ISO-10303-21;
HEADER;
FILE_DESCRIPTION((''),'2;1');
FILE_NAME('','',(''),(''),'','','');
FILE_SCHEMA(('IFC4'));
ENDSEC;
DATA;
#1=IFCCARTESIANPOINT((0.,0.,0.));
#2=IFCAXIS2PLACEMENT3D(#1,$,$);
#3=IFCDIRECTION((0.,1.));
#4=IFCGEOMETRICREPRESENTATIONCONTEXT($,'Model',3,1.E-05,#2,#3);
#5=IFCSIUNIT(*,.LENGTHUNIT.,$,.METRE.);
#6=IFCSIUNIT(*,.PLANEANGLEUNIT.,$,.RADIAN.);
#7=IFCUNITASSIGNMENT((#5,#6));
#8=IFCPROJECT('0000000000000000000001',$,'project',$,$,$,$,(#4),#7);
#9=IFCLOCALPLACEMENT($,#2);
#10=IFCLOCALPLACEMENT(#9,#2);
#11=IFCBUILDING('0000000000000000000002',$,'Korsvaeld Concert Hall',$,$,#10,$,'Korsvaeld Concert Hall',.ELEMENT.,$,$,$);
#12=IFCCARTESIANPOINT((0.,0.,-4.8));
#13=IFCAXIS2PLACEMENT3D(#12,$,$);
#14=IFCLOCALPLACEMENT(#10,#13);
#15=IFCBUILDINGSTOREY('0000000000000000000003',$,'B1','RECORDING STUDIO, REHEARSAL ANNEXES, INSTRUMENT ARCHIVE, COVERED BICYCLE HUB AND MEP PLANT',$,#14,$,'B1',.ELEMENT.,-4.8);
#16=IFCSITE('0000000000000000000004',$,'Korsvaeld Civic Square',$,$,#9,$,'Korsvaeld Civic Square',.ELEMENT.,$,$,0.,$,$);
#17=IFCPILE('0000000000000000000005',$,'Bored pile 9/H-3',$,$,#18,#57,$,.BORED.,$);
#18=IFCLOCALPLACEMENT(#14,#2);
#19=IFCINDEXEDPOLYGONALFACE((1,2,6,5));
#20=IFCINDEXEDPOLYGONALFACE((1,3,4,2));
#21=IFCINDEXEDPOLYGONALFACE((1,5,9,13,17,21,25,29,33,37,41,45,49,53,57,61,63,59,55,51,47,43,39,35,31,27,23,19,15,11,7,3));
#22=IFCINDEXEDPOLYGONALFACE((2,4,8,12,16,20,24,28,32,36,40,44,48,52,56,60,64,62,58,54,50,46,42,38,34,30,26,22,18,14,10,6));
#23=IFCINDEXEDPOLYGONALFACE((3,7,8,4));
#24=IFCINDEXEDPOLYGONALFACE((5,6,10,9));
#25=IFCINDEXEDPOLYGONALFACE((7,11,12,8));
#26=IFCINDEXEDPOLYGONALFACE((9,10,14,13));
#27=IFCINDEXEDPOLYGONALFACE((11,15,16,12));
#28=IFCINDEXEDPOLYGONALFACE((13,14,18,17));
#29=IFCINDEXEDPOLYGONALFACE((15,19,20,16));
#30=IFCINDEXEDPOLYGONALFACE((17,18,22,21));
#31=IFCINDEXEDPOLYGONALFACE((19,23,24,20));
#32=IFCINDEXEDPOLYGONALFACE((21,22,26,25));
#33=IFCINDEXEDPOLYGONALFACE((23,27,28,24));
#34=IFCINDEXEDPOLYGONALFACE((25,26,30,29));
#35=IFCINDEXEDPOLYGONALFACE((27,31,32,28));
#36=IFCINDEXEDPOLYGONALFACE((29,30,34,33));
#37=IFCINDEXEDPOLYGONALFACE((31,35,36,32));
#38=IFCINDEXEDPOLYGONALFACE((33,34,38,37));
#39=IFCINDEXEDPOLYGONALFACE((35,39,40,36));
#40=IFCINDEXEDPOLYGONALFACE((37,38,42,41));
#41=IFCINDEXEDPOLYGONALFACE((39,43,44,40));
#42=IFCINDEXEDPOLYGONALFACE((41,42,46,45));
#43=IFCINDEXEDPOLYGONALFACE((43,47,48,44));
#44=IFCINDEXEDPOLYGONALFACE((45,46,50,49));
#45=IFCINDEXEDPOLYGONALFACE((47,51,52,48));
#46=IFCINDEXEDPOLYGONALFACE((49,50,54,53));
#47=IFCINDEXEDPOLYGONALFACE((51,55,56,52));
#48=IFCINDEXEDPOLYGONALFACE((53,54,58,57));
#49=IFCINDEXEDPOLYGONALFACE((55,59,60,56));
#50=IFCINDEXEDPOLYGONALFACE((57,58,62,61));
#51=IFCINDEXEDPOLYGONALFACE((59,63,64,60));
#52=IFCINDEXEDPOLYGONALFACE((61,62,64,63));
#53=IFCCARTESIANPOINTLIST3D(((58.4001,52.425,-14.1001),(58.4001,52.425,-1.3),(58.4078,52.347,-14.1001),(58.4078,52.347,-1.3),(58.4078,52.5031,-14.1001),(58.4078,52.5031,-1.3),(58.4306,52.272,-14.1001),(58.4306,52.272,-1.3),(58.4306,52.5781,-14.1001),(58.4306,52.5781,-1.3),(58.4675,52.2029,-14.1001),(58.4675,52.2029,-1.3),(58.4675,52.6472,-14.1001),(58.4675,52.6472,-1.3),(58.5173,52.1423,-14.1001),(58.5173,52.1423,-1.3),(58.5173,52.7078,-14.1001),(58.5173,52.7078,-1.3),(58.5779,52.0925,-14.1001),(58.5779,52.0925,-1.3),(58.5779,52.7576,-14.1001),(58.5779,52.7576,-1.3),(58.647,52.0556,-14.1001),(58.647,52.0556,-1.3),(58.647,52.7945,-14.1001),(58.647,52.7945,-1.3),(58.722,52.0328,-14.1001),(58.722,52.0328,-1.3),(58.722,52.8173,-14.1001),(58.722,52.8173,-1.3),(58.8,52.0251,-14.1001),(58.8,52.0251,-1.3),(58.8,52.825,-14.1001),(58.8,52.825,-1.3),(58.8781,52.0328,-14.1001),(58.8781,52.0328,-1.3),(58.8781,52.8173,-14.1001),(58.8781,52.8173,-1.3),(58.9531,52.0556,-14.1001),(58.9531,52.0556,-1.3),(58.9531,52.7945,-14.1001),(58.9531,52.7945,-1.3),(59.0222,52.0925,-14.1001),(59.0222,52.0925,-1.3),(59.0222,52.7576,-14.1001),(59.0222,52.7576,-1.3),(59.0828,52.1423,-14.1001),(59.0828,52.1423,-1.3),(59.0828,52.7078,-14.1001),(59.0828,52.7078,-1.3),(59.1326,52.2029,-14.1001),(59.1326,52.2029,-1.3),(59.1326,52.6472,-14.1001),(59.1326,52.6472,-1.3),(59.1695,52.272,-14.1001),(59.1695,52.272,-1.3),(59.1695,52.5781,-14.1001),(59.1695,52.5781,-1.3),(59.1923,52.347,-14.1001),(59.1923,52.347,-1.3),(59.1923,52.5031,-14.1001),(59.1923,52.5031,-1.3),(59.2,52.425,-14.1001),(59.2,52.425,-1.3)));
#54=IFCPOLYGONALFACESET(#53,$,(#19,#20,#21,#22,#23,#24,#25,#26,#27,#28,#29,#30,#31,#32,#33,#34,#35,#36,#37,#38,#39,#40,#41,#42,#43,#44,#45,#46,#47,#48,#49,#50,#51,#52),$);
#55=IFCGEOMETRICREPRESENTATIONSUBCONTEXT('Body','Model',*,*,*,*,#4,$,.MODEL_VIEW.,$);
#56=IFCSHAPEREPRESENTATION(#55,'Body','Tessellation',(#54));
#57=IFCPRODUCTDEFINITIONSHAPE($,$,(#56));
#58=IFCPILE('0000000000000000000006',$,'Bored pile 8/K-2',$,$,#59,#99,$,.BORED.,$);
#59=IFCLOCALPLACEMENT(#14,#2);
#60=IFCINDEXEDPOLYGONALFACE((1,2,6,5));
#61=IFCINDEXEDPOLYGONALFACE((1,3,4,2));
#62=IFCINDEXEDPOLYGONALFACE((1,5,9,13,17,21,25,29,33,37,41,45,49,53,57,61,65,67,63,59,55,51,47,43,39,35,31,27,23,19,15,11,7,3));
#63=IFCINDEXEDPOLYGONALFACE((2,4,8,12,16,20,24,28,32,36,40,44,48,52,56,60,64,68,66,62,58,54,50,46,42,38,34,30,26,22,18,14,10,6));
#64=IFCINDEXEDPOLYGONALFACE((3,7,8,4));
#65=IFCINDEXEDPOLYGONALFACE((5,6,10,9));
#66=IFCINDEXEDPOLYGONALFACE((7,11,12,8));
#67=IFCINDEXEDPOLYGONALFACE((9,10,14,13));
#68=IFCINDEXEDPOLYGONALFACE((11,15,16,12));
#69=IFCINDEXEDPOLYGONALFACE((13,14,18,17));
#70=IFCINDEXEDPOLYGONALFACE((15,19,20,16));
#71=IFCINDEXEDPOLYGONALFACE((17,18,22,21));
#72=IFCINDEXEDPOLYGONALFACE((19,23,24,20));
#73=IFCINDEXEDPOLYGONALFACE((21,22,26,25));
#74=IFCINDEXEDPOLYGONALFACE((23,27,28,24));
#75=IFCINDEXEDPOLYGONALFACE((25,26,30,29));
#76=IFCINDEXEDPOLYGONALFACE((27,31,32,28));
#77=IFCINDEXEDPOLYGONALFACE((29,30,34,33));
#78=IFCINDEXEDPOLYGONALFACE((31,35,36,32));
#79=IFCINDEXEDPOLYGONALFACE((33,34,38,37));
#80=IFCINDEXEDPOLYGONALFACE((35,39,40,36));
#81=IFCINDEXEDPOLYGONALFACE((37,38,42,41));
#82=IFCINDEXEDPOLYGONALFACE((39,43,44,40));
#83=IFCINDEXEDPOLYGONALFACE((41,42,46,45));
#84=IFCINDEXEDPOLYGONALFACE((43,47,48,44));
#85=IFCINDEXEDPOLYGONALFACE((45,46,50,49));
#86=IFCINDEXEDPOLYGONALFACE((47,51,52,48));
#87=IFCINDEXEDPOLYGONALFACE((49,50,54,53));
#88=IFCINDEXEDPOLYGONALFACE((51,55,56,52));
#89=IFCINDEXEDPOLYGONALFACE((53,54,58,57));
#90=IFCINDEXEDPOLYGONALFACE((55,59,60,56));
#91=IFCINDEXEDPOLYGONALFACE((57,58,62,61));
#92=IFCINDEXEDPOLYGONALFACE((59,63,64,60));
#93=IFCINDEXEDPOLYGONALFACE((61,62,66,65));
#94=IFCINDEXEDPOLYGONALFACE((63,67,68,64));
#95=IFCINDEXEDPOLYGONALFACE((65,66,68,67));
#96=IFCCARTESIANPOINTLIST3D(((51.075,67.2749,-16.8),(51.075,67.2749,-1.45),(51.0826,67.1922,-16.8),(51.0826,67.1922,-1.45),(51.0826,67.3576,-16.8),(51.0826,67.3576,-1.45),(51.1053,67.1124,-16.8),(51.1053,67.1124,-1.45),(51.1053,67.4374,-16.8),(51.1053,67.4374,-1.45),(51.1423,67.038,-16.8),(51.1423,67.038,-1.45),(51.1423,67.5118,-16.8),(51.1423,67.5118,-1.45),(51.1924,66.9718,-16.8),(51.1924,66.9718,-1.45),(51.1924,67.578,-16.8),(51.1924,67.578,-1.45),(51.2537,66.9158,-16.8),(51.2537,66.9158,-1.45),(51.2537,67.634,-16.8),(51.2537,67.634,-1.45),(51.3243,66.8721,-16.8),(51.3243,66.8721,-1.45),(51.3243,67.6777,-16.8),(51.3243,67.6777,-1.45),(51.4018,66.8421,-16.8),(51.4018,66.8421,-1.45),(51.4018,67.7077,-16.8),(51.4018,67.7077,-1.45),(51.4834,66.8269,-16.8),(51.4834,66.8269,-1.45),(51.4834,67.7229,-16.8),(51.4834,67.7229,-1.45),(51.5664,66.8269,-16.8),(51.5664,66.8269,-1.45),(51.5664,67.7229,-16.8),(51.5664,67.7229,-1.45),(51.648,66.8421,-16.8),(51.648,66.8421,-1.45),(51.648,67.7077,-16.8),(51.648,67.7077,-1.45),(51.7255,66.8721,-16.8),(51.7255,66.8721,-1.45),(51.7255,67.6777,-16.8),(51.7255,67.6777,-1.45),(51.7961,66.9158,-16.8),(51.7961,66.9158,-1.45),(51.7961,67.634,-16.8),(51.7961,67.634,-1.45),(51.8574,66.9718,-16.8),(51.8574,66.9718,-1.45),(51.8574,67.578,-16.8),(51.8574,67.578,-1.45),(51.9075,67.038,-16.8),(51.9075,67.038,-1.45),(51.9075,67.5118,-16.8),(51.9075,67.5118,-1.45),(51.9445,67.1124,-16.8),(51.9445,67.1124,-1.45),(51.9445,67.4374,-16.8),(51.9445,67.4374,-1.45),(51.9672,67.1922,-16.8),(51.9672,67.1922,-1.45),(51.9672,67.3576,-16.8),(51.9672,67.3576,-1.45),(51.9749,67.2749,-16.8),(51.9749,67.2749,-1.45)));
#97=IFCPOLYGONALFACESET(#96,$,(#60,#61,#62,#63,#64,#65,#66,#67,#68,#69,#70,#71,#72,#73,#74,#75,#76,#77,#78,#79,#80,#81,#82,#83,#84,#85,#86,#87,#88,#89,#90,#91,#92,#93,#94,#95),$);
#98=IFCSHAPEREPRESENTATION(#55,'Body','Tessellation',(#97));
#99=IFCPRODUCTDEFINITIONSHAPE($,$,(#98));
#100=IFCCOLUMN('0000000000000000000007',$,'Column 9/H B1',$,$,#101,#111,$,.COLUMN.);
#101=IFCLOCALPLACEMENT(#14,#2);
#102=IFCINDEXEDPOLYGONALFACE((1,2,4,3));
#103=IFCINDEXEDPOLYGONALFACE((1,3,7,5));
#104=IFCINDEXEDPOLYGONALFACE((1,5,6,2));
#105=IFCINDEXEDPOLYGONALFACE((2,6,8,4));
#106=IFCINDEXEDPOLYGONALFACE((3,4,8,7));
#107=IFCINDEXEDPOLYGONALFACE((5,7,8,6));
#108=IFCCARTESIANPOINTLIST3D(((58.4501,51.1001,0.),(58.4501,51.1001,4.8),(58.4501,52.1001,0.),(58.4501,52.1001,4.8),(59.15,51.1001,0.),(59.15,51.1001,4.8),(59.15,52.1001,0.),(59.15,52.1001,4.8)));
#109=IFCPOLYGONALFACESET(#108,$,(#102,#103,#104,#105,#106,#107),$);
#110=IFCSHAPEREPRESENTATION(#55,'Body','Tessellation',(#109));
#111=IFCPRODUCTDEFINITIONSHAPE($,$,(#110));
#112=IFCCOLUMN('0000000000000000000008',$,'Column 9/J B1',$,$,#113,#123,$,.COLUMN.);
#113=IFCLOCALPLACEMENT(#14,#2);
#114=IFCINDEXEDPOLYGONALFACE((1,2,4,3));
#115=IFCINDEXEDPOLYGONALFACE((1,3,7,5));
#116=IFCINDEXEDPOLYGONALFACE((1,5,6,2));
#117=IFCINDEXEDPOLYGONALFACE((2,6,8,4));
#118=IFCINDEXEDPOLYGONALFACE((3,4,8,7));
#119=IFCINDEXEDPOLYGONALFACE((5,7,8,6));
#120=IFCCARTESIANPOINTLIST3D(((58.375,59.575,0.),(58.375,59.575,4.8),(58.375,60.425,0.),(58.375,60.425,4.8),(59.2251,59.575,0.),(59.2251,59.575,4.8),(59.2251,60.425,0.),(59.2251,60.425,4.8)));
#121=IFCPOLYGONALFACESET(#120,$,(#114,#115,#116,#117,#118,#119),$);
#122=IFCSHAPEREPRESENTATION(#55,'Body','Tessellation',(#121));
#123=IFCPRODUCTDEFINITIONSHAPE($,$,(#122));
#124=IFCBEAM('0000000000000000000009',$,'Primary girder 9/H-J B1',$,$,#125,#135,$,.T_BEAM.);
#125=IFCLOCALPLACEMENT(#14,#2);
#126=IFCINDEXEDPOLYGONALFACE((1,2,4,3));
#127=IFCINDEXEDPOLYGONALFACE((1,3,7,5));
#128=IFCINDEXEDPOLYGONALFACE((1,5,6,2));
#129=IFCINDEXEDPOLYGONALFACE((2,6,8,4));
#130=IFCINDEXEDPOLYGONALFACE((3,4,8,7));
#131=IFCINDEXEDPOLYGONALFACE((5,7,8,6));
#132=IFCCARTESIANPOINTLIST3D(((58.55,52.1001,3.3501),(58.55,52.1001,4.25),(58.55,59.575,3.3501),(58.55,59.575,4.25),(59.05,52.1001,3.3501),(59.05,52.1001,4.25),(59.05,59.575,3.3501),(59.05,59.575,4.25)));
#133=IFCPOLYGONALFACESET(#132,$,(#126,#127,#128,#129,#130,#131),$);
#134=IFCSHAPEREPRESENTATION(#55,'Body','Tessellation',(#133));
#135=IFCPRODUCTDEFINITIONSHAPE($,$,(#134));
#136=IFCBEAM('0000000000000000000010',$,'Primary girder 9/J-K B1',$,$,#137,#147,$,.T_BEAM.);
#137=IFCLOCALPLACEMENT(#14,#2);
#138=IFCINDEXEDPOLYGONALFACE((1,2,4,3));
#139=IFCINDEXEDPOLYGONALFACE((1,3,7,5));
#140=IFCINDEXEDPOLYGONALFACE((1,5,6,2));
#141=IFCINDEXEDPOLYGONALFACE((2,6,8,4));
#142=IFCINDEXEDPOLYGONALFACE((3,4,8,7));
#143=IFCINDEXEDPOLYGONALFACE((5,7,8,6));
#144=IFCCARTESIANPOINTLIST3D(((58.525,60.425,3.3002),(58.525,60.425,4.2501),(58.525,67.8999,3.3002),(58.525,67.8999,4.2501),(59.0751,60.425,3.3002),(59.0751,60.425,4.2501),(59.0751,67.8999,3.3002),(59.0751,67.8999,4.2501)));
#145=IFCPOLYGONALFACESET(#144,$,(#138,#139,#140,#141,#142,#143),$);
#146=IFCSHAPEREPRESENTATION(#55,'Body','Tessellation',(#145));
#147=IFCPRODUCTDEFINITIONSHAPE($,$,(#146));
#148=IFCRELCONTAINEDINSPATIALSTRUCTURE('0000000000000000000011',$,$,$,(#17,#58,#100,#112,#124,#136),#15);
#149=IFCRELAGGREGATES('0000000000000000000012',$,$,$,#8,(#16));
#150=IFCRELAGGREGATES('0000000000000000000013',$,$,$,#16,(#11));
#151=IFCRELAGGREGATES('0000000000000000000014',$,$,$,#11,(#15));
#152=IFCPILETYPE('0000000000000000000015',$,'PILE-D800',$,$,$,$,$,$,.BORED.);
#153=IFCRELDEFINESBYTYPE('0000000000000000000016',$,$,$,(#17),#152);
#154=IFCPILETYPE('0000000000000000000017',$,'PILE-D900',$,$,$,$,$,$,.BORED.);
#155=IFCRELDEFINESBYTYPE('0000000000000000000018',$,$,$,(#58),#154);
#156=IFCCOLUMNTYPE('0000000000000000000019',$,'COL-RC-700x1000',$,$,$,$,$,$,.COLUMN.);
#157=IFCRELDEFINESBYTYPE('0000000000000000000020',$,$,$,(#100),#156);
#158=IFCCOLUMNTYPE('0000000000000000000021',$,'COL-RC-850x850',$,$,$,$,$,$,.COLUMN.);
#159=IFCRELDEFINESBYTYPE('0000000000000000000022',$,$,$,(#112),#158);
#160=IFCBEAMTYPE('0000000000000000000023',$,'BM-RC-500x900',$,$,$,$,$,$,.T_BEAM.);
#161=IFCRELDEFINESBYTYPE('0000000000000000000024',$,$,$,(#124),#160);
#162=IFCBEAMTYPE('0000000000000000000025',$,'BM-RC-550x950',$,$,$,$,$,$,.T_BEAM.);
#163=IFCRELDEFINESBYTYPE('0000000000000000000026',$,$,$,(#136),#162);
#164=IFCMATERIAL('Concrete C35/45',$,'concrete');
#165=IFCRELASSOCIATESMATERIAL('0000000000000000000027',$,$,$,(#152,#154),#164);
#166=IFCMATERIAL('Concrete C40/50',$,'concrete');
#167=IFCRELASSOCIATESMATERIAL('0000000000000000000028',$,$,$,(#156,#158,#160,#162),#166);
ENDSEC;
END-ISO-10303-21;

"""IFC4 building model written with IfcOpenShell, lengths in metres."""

from ifc_helpers import new_model, si_unit, direction, frame, origin, origin_2d, place, context, subcontext, project, spatial, rectangle, circle, extrude, material, material_profile, profile_set, type_object, element, save


model = new_model("IFC4")

# Units and contexts
model_context = context("Model", 3, precision=1e-05, world=origin(), true_north=direction((0.0, 1.0)))
body_context = subcontext(model_context, "Body", "Model", "MODEL_VIEW")
ifc_project = project(units=[si_unit("LENGTHUNIT", "METRE"), si_unit("PLANEANGLEUNIT", "RADIAN")], contexts=[model_context])

# Site, building, storey
site_placement = place(None, origin())
site = spatial("IfcSite", under=ifc_project, at=site_placement, Name="Korsvaeld Civic Square", LongName="Korsvaeld Civic Square", CompositionType="ELEMENT", RefElevation=0.0)
building_placement = place(site_placement, origin())
building = spatial("IfcBuilding", under=site, at=building_placement, Name="Korsvaeld Concert Hall", LongName="Korsvaeld Concert Hall", CompositionType="ELEMENT")
storey_placement = place(building_placement, frame((0.0, 0.0, -4.8)))
storey = spatial("IfcBuildingStorey", under=building, at=storey_placement, Name="B1", Description="RECORDING STUDIO, REHEARSAL ANNEXES, INSTRUMENT ARCHIVE, COVERED BICYCLE HUB AND MEP PLANT", LongName="B1", CompositionType="ELEMENT", Elevation=-4.8)

# Shared definitions
ifc_material_1 = material(Name="Concrete C35/45", Category="concrete")

# Piles
ifc_material_2 = material(Name="Concrete C40/50", Category="concrete")
ifc_material_profile_1 = material_profile(ifc_material_1, circle(Radius=0.3999, at=origin_2d()), Name="BORED PILE D800")
ifc_profile_set_1 = profile_set([ifc_material_profile_1], Name="Concrete C35/45")
pile_type_1 = type_object("IfcPileType", Name="PILE-D800", PredefinedType="BORED", material=ifc_profile_set_1)
for number, where, z_axis, x_axis, name in (
    (1, (58.8, 52.425, -1.3), (0.0, 0.0, -1.0), (1.0, 0.0, 0.0), "Bored pile 9/H-3"),
):
    element("IfcPile", number, at=place(storey_placement, frame(where, z_axis=z_axis, x_axis=x_axis)), inside=storey, type_object=pile_type_1, Name=name, PredefinedType="BORED", context=body_context, shape_type="SweptSolid", body=[
        extrude(circle(Radius=0.3999, at=origin_2d()), origin(), (0.0, 0.0, 1.0), 12.8),
    ])
ifc_material_profile_2 = material_profile(ifc_material_1, circle(Radius=0.45, at=origin_2d()), Name="BORED PILE D900")
ifc_profile_set_2 = profile_set([ifc_material_profile_2], Name="Concrete C35/45")
pile_type_2 = type_object("IfcPileType", Name="PILE-D900", PredefinedType="BORED", material=ifc_profile_set_2)
pile_1_placement = place(storey_placement, frame((51.5249, 67.2749, -1.45), z_axis=(0.0, 0.0, -1.0), x_axis=(1.0, 0.0, 0.0)))
element("IfcPile", 2, at=pile_1_placement, inside=storey, type_object=pile_type_2, Name="Bored pile 8/K-2", PredefinedType="BORED", context=body_context, shape_type="SweptSolid", body=[
    extrude(circle(Radius=0.45, at=origin_2d()), origin(), (0.0, 0.0, 1.0), 15.3501),
])

# Columns
ifc_material_profile_3 = material_profile(ifc_material_2, rectangle(XDim=0.7, YDim=1.0, at=origin_2d()), Name="RC 700x1000")
ifc_profile_set_3 = profile_set([ifc_material_profile_3], Name="Concrete C40/50")
column_type_1 = type_object("IfcColumnType", Name="COL-RC-700x1000", PredefinedType="COLUMN", material=ifc_profile_set_3)
column_1_placement = place(storey_placement, frame((58.8, 51.6001, 0.0), z_axis=(0.0, 0.0, 1.0), x_axis=(1.0, 0.0, 0.0)))
element("IfcColumn", 3, at=column_1_placement, inside=storey, type_object=column_type_1, Name="Column 9/H B1", PredefinedType="COLUMN", context=body_context, shape_type="SweptSolid", body=[
    extrude(rectangle(XDim=0.7, YDim=1.0, at=origin_2d()), origin(), (0.0, 0.0, 1.0), 4.8),
])
ifc_material_profile_4 = material_profile(ifc_material_2, rectangle(XDim=0.8501, YDim=0.8501, at=origin_2d()), Name="RC 850x850")
ifc_profile_set_4 = profile_set([ifc_material_profile_4], Name="Concrete C40/50")
column_type_2 = type_object("IfcColumnType", Name="COL-RC-850x850", PredefinedType="COLUMN", material=ifc_profile_set_4)
column_2_placement = place(storey_placement, frame((58.8, 60.0, 0.0), z_axis=(0.0, 0.0, 1.0), x_axis=(1.0, 0.0, 0.0)))
element("IfcColumn", 4, at=column_2_placement, inside=storey, type_object=column_type_2, Name="Column 9/J B1", PredefinedType="COLUMN", context=body_context, shape_type="SweptSolid", body=[
    extrude(rectangle(XDim=0.8501, YDim=0.8501, at=origin_2d()), origin(), (0.0, 0.0, 1.0), 4.8),
])

# Beams
ifc_material_profile_5 = material_profile(ifc_material_2, rectangle(XDim=0.5, YDim=0.8999, at=origin_2d()), Name="RC 500x900")
ifc_profile_set_5 = profile_set([ifc_material_profile_5], Name="Concrete C40/50")
beam_type_1 = type_object("IfcBeamType", Name="BM-RC-500x900", PredefinedType="T_BEAM", material=ifc_profile_set_5)
beam_1_placement = place(storey_placement, frame((58.8, 52.1001, 3.8), z_axis=(0.0, 1.0, 0.0), x_axis=(-1.0, 0.0, 0.0)))
element("IfcBeam", 5, at=beam_1_placement, inside=storey, type_object=beam_type_1, Name="Primary girder 9/H-J B1", PredefinedType="T_BEAM", context=body_context, shape_type="SweptSolid", body=[
    extrude(rectangle(XDim=0.5, YDim=0.8999, at=origin_2d()), origin(), (0.0, 0.0, 1.0), 7.4749),
])
ifc_material_profile_6 = material_profile(ifc_material_2, rectangle(XDim=0.55, YDim=0.95, at=origin_2d()), Name="RC 550x950")
ifc_profile_set_6 = profile_set([ifc_material_profile_6], Name="Concrete C40/50")
beam_type_2 = type_object("IfcBeamType", Name="BM-RC-550x950", PredefinedType="T_BEAM", material=ifc_profile_set_6)
beam_2_placement = place(storey_placement, frame((58.8, 60.425, 3.7751), z_axis=(0.0, 1.0, 0.0), x_axis=(-1.0, 0.0, 0.0)))
element("IfcBeam", 6, at=beam_2_placement, inside=storey, type_object=beam_type_2, Name="Primary girder 9/J-K B1", PredefinedType="T_BEAM", context=body_context, shape_type="SweptSolid", body=[
    extrude(rectangle(XDim=0.55, YDim=0.95, at=origin_2d()), origin(), (0.0, 0.0, 1.0), 7.4749),
])

save(model, "model.ifc")
